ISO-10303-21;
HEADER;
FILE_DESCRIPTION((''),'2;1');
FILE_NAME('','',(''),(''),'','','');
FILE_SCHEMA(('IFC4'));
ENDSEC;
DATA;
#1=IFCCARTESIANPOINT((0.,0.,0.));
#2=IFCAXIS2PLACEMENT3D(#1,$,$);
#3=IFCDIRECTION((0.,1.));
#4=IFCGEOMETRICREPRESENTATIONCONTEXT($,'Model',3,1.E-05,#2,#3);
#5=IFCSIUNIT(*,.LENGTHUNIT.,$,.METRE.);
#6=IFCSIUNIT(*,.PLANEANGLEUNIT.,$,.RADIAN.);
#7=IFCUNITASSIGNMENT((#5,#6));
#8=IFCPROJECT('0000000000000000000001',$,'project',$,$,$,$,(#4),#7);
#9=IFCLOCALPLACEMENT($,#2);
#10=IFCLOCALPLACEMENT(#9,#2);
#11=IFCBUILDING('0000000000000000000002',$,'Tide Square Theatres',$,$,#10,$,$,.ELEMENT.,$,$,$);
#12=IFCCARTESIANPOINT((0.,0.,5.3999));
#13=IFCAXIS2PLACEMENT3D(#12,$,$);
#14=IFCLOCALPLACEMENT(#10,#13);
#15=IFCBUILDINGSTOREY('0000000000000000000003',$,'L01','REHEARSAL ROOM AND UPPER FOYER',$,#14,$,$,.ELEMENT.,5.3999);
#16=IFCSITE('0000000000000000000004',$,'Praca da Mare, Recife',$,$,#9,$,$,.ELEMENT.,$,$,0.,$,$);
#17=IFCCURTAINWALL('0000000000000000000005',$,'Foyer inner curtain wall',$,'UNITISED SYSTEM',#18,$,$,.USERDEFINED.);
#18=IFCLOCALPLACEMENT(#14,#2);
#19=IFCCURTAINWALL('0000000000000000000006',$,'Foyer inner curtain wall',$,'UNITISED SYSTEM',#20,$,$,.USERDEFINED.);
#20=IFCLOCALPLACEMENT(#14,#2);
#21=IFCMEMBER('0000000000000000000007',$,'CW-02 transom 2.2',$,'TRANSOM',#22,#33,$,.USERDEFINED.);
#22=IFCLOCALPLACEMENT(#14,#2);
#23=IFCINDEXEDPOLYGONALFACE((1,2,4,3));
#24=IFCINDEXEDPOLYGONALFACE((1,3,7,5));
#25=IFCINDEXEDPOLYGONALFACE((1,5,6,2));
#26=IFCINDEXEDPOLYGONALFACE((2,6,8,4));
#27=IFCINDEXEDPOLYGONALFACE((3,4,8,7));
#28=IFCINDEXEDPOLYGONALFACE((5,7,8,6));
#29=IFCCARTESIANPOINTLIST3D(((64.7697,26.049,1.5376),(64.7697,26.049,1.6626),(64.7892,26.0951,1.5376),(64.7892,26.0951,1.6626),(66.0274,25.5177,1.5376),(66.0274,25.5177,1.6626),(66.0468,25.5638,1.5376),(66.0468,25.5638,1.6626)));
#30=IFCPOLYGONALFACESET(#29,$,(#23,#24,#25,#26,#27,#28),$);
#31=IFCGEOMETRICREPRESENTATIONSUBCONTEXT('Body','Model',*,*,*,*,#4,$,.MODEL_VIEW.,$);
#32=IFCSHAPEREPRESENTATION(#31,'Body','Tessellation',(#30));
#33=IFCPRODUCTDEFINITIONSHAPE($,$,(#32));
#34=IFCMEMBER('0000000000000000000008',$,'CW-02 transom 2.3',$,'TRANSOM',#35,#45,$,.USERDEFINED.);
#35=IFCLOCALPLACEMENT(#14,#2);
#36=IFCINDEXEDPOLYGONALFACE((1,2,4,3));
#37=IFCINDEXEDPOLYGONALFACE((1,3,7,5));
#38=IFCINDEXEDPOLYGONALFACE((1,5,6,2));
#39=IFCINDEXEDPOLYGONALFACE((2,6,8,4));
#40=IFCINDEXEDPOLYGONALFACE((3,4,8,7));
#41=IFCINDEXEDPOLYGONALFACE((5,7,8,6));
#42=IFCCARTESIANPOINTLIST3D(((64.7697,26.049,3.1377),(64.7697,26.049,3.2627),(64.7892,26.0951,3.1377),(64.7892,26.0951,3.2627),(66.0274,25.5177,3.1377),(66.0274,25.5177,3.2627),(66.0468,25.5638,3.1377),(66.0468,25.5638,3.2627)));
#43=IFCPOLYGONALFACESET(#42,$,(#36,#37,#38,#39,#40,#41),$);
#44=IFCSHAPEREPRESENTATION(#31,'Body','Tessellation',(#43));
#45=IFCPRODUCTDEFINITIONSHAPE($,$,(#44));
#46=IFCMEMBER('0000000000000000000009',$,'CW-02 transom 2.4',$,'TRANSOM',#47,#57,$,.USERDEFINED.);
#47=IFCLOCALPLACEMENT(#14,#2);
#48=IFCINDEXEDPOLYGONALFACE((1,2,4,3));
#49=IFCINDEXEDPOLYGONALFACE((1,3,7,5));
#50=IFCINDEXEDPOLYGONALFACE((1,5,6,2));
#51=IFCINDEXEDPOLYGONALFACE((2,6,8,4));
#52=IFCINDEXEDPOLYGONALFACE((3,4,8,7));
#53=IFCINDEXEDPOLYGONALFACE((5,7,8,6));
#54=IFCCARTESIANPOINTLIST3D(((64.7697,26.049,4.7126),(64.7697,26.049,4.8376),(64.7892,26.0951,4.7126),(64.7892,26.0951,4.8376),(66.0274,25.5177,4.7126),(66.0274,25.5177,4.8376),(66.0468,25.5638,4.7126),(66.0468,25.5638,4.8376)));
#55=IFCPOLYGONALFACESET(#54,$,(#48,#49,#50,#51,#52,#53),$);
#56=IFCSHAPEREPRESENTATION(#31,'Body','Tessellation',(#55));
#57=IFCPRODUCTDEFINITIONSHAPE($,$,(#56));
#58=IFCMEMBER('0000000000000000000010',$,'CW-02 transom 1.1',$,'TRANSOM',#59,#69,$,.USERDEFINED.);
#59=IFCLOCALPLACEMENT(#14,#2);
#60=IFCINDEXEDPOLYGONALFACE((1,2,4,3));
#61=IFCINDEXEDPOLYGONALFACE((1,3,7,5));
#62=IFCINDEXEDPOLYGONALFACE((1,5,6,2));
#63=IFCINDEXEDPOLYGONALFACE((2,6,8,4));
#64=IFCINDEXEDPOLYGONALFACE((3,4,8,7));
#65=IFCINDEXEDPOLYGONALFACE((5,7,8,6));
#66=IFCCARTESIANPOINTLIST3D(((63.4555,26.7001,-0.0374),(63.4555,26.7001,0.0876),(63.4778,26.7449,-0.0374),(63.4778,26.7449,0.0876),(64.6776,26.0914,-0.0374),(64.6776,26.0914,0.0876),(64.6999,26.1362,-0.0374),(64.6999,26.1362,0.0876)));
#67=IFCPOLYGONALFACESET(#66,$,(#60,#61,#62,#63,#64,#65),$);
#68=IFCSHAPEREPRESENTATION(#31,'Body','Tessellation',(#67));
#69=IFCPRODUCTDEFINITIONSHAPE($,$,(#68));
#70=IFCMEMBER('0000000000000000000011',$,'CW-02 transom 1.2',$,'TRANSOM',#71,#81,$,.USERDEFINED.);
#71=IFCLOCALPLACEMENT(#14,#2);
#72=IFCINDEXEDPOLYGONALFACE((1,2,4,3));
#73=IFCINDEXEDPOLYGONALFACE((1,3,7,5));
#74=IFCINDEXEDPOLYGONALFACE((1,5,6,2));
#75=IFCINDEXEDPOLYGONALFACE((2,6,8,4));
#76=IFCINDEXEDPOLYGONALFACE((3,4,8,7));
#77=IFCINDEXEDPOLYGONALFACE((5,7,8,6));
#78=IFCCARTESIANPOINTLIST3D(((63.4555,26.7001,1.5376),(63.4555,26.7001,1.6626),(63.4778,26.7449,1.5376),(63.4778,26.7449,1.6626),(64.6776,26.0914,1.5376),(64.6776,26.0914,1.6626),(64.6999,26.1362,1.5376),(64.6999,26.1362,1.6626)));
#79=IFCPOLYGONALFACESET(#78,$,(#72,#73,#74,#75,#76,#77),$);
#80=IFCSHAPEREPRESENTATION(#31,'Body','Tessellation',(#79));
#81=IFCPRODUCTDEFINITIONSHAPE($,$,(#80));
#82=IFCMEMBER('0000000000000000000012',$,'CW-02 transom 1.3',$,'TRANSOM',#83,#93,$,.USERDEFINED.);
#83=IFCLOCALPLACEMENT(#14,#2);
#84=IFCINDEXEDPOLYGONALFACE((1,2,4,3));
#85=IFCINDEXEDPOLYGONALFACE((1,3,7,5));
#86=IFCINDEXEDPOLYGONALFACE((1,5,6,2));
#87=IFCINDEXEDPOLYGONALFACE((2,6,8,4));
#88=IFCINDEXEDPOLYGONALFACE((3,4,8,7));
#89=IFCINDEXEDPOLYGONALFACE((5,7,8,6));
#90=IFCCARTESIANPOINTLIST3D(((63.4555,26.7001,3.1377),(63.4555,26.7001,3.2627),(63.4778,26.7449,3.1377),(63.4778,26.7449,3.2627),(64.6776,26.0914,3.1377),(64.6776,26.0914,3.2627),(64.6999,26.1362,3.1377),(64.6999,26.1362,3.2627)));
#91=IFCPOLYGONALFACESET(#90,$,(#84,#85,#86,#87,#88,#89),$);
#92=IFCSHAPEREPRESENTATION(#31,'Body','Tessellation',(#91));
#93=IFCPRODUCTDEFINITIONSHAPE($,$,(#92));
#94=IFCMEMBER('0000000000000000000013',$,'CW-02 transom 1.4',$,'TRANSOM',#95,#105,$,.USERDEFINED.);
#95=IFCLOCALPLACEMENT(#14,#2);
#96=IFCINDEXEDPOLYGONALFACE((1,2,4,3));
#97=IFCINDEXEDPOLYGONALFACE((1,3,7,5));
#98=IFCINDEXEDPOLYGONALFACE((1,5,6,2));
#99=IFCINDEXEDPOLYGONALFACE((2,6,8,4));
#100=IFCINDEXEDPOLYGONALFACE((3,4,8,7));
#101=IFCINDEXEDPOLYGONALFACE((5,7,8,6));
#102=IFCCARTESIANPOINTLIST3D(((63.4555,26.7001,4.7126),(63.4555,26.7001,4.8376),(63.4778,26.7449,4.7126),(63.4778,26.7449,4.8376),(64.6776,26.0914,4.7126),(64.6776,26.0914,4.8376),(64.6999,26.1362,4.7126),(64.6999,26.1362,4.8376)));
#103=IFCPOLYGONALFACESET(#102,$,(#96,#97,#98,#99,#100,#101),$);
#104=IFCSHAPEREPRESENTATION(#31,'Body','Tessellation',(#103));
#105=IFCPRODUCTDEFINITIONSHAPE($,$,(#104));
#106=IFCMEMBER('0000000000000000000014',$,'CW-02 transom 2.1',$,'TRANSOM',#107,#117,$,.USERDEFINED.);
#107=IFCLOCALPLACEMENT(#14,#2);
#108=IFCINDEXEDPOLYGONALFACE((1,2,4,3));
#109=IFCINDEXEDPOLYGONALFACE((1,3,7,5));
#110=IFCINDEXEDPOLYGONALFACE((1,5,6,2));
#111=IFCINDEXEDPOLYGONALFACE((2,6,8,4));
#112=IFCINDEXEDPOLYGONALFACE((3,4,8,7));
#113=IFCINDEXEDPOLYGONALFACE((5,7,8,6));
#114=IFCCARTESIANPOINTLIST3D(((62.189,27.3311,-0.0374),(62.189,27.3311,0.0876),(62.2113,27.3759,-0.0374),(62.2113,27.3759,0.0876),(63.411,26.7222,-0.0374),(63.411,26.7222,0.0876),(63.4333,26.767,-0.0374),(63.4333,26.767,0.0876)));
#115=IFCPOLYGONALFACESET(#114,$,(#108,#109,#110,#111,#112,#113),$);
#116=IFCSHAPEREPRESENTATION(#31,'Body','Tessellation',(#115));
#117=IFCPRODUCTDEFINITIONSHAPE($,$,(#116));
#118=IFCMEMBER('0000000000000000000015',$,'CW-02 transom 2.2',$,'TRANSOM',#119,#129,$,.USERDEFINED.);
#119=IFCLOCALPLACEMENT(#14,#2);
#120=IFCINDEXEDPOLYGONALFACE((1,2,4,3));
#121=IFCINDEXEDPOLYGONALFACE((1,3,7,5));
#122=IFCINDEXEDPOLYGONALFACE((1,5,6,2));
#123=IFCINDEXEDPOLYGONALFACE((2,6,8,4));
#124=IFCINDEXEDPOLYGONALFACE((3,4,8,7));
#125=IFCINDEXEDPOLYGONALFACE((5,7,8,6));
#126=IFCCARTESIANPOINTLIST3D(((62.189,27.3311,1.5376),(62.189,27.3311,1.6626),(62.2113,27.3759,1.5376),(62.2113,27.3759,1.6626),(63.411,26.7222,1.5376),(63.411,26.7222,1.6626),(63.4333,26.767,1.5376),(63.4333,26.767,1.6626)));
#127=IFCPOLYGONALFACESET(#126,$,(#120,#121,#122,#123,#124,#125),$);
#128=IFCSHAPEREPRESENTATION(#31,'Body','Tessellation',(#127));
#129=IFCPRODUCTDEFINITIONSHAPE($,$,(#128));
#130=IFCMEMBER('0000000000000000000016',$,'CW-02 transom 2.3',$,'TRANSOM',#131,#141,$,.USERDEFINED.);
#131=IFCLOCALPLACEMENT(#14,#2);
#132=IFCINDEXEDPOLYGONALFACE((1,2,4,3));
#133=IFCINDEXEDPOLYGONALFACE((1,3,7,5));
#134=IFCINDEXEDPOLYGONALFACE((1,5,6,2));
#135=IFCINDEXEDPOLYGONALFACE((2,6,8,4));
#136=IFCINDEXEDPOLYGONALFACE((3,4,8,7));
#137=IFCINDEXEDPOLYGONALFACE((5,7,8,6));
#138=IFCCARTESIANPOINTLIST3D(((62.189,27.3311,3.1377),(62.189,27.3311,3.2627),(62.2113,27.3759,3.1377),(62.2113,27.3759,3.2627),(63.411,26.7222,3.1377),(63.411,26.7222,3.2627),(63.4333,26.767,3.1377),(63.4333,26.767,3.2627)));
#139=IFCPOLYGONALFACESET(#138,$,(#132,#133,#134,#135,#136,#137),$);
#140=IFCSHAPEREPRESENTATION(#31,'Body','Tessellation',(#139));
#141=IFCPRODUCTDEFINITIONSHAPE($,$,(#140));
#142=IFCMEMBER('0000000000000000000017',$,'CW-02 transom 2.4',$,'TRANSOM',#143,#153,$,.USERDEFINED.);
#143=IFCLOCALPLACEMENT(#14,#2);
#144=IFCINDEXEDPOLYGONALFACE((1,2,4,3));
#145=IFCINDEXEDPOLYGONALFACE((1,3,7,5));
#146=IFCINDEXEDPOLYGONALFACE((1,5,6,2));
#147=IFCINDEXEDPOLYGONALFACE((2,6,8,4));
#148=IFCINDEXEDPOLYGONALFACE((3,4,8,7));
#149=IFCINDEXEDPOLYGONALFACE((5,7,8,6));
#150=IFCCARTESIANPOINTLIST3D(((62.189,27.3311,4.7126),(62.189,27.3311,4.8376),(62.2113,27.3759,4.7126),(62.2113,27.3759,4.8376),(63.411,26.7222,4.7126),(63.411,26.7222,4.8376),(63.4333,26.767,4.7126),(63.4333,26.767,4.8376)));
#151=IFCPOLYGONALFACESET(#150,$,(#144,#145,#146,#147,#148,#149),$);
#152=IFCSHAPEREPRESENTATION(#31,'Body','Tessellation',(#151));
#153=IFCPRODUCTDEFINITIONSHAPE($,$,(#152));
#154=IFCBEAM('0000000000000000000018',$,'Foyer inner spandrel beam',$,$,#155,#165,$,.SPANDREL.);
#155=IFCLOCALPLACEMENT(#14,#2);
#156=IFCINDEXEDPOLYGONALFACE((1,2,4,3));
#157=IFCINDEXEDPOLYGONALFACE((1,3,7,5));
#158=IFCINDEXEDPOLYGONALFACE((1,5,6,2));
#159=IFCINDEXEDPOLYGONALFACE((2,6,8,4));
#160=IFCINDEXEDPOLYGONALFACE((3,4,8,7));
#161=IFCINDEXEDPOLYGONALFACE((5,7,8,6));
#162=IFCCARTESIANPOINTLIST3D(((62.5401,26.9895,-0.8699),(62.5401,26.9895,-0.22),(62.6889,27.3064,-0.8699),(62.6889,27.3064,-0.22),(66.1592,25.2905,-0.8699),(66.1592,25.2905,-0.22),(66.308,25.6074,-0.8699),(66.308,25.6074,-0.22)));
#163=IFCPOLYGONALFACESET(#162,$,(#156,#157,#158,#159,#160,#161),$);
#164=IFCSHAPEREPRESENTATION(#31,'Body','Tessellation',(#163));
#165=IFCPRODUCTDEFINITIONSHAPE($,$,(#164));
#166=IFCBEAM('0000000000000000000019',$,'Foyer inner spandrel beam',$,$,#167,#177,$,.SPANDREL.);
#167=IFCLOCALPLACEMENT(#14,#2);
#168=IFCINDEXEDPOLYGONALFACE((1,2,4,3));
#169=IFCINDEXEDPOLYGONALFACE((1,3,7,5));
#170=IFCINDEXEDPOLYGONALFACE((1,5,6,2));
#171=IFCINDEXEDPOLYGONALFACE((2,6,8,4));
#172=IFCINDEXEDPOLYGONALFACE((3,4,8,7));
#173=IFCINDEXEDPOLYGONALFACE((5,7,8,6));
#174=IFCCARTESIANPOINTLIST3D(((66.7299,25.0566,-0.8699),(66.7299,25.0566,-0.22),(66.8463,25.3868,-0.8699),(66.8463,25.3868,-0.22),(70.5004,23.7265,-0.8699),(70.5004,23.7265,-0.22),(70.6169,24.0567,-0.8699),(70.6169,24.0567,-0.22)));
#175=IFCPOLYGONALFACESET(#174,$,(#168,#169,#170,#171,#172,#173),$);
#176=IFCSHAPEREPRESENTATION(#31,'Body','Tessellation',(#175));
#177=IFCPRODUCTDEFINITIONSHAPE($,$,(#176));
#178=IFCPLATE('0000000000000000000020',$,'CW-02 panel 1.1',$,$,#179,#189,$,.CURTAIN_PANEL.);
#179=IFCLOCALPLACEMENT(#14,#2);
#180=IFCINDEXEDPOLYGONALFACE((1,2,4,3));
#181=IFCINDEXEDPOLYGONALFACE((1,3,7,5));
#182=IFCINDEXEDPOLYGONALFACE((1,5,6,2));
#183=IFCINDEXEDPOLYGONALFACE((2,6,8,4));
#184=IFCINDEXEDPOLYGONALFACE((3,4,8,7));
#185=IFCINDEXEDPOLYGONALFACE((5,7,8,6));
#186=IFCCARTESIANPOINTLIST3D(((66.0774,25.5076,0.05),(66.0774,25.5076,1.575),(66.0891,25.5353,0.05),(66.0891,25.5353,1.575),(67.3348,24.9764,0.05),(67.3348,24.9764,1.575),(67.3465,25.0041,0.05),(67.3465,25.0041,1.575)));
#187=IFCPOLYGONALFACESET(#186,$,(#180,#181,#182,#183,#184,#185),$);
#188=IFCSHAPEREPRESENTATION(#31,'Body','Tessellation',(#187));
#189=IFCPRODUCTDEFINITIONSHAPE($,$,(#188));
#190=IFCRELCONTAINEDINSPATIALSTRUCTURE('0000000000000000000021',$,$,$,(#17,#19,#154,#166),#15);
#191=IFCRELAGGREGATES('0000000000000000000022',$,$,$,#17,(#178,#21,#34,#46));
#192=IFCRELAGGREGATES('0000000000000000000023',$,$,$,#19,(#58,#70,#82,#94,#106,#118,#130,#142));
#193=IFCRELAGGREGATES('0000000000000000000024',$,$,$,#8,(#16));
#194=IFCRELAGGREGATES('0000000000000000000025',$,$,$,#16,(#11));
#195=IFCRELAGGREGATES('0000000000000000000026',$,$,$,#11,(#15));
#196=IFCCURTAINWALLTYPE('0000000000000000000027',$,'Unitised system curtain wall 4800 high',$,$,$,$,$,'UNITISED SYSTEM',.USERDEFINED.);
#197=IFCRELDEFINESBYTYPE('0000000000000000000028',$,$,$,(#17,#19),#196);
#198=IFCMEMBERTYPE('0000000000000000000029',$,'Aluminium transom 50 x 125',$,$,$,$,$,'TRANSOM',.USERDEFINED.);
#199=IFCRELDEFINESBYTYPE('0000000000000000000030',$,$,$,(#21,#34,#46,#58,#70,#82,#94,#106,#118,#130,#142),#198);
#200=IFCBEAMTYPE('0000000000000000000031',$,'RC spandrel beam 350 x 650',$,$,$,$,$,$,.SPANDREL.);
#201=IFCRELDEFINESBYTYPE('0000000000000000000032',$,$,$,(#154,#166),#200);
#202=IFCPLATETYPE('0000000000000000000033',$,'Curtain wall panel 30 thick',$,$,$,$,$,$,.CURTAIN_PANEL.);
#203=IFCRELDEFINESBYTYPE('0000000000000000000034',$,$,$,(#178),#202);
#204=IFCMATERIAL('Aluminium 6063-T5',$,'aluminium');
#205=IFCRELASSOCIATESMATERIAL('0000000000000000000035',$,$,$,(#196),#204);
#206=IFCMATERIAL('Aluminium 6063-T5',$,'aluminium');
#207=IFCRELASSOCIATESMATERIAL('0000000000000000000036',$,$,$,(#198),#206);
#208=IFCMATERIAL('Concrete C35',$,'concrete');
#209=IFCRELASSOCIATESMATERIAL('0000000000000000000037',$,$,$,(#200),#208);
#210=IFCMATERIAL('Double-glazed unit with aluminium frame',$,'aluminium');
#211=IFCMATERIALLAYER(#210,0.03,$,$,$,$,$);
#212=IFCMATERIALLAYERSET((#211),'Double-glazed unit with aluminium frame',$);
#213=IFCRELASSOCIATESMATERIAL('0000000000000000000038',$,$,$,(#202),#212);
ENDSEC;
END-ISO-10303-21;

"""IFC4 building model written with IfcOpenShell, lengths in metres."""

from ifc_helpers import new_model, si_unit, direction, frame, origin, origin_2d, place, context, subcontext, project, spatial, rectangle, extrude, material, layer, layer_set, material_profile, profile_set, type_object, element, aggregate, save


model = new_model("IFC4")

# Units and contexts
model_context = context("Model", 3, precision=1e-05, world=origin(), true_north=direction((0.0, 1.0)))
body_context = subcontext(model_context, "Body", "Model", "MODEL_VIEW")
ifc_project = project(units=[si_unit("LENGTHUNIT", "METRE"), si_unit("PLANEANGLEUNIT", "RADIAN")], contexts=[model_context])

# Site, building, storey
site_placement = place(None, origin())
site = spatial("IfcSite", under=ifc_project, at=site_placement, Name="Praca da Mare, Recife", CompositionType="ELEMENT", RefElevation=0.0)
building_placement = place(site_placement, origin())
building = spatial("IfcBuilding", under=site, at=building_placement, Name="Tide Square Theatres", CompositionType="ELEMENT")
storey_placement = place(building_placement, frame((0.0, 0.0, 5.3999)))
storey = spatial("IfcBuildingStorey", under=building, at=storey_placement, Name="L01", Description="REHEARSAL ROOM AND UPPER FOYER", CompositionType="ELEMENT", Elevation=5.3999)

# Shared definitions
ifc_material_1 = material(Name="Aluminium 6063-T5", Category="aluminium")
curtain_wall_type = type_object("IfcCurtainWallType", Name="Unitised system curtain wall 4800 high", ElementType="UNITISED SYSTEM", PredefinedType="USERDEFINED", material=ifc_material_1)

# Curtain walls
curtain_wall_1_placement = place(storey_placement, origin())
curtain_wall_1 = element("IfcCurtainWall", 1, at=curtain_wall_1_placement, inside=storey, type_object=curtain_wall_type, Name="Foyer inner curtain wall", ObjectType="UNITISED SYSTEM", PredefinedType="USERDEFINED")
curtain_wall_2_placement = place(storey_placement, origin())
curtain_wall_2 = element("IfcCurtainWall", 2, at=curtain_wall_2_placement, inside=storey, type_object=curtain_wall_type, Name="Foyer inner curtain wall", ObjectType="UNITISED SYSTEM", PredefinedType="USERDEFINED")

# Members
ifc_material_2 = material(Name="Aluminium 6063-T5", Category="aluminium")
ifc_material_profile_1 = material_profile(ifc_material_2, rectangle(XDim=0.05, YDim=0.125, at=origin_2d()))
ifc_profile_set_1 = profile_set([ifc_material_profile_1], Name="Aluminium 6063-T5")
member_type_1 = type_object("IfcMemberType", Name="Aluminium transom 50 x 125", ElementType="TRANSOM", PredefinedType="USERDEFINED", material=ifc_profile_set_1)
member_1_placement = place(storey_placement, frame((66.0371, 25.5408, 1.6001), z_axis=(-0.921177, 0.389144, 0.0), x_axis=(-0.389144, -0.921177, 0.0)))
member_1 = element("IfcMember", 3, at=member_1_placement, type_object=member_type_1, Name="CW-02 transom 2.2", ObjectType="TRANSOM", PredefinedType="USERDEFINED", context=body_context, shape_type="SweptSolid", body=[
    extrude(rectangle(XDim=0.05, YDim=0.125, at=origin_2d()), origin(), (0.0, 0.0, 1.0), 1.3652),
])
member_2_placement = place(storey_placement, frame((66.0371, 25.5408, 3.2002), z_axis=(-0.921177, 0.389144, 0.0), x_axis=(-0.389144, -0.921177, 0.0)))
member_2 = element("IfcMember", 4, at=member_2_placement, type_object=member_type_1, Name="CW-02 transom 2.3", ObjectType="TRANSOM", PredefinedType="USERDEFINED", context=body_context, shape_type="SweptSolid", body=[
    extrude(rectangle(XDim=0.05, YDim=0.125, at=origin_2d()), origin(), (0.0, 0.0, 1.0), 1.3652),
])
member_3_placement = place(storey_placement, frame((66.0371, 25.5408, 4.7751), z_axis=(-0.921177, 0.389144, 0.0), x_axis=(-0.389144, -0.921177, 0.0)))
member_3 = element("IfcMember", 5, at=member_3_placement, type_object=member_type_1, Name="CW-02 transom 2.4", ObjectType="TRANSOM", PredefinedType="USERDEFINED", context=body_context, shape_type="SweptSolid", body=[
    extrude(rectangle(XDim=0.05, YDim=0.125, at=origin_2d()), origin(), (0.0, 0.0, 1.0), 1.3652),
])
member_4_placement = place(storey_placement, frame((64.6887, 26.1138, 0.0251), z_axis=(-0.895106, 0.445854, 0.0), x_axis=(-0.445854, -0.895106, 0.0)))
member_4 = element("IfcMember", 6, at=member_4_placement, type_object=member_type_1, Name="CW-02 transom 1.1", ObjectType="TRANSOM", PredefinedType="USERDEFINED", context=body_context, shape_type="SweptSolid", body=[
    extrude(rectangle(XDim=0.05, YDim=0.125, at=origin_2d()), origin(), (0.0, 0.0, 1.0), 1.3652),
])
member_5_placement = place(storey_placement, frame((64.6887, 26.1138, 1.6001), z_axis=(-0.895106, 0.445854, 0.0), x_axis=(-0.445854, -0.895106, 0.0)))
member_5 = element("IfcMember", 7, at=member_5_placement, type_object=member_type_1, Name="CW-02 transom 1.2", ObjectType="TRANSOM", PredefinedType="USERDEFINED", context=body_context, shape_type="SweptSolid", body=[
    extrude(rectangle(XDim=0.05, YDim=0.125, at=origin_2d()), origin(), (0.0, 0.0, 1.0), 1.3652),
])
member_6_placement = place(storey_placement, frame((64.6887, 26.1138, 3.2002), z_axis=(-0.895106, 0.445854, 0.0), x_axis=(-0.445854, -0.895106, 0.0)))
member_6 = element("IfcMember", 8, at=member_6_placement, type_object=member_type_1, Name="CW-02 transom 1.3", ObjectType="TRANSOM", PredefinedType="USERDEFINED", context=body_context, shape_type="SweptSolid", body=[
    extrude(rectangle(XDim=0.05, YDim=0.125, at=origin_2d()), origin(), (0.0, 0.0, 1.0), 1.3652),
])
member_7_placement = place(storey_placement, frame((64.6887, 26.1138, 4.7751), z_axis=(-0.895106, 0.445854, 0.0), x_axis=(-0.445854, -0.895106, 0.0)))
member_7 = element("IfcMember", 9, at=member_7_placement, type_object=member_type_1, Name="CW-02 transom 1.4", ObjectType="TRANSOM", PredefinedType="USERDEFINED", context=body_context, shape_type="SweptSolid", body=[
    extrude(rectangle(XDim=0.05, YDim=0.125, at=origin_2d()), origin(), (0.0, 0.0, 1.0), 1.3652),
])
member_8_placement = place(storey_placement, frame((63.4221, 26.7446, 0.0251), z_axis=(-0.895034, 0.445997, 0.0), x_axis=(-0.445997, -0.895034, 0.0)))
member_8 = element("IfcMember", 10, at=member_8_placement, type_object=member_type_1, Name="CW-02 transom 2.1", ObjectType="TRANSOM", PredefinedType="USERDEFINED", context=body_context, shape_type="SweptSolid", body=[
    extrude(rectangle(XDim=0.05, YDim=0.125, at=origin_2d()), origin(), (0.0, 0.0, 1.0), 1.3652),
])
member_9_placement = place(storey_placement, frame((63.4221, 26.7446, 1.6001), z_axis=(-0.895034, 0.445997, 0.0), x_axis=(-0.445997, -0.895034, 0.0)))
member_9 = element("IfcMember", 11, at=member_9_placement, type_object=member_type_1, Name="CW-02 transom 2.2", ObjectType="TRANSOM", PredefinedType="USERDEFINED", context=body_context, shape_type="SweptSolid", body=[
    extrude(rectangle(XDim=0.05, YDim=0.125, at=origin_2d()), origin(), (0.0, 0.0, 1.0), 1.3652),
])
member_10_placement = place(storey_placement, frame((63.4221, 26.7446, 3.2002), z_axis=(-0.895034, 0.445997, 0.0), x_axis=(-0.445997, -0.895034, 0.0)))
member_10 = element("IfcMember", 12, at=member_10_placement, type_object=member_type_1, Name="CW-02 transom 2.3", ObjectType="TRANSOM", PredefinedType="USERDEFINED", context=body_context, shape_type="SweptSolid", body=[
    extrude(rectangle(XDim=0.05, YDim=0.125, at=origin_2d()), origin(), (0.0, 0.0, 1.0), 1.3652),
])
member_11_placement = place(storey_placement, frame((63.4221, 26.7446, 4.7751), z_axis=(-0.895034, 0.445997, 0.0), x_axis=(-0.445997, -0.895034, 0.0)))
member_11 = element("IfcMember", 13, at=member_11_placement, type_object=member_type_1, Name="CW-02 transom 2.4", ObjectType="TRANSOM", PredefinedType="USERDEFINED", context=body_context, shape_type="SweptSolid", body=[
    extrude(rectangle(XDim=0.05, YDim=0.125, at=origin_2d()), origin(), (0.0, 0.0, 1.0), 1.3652),
])

# Beams
ifc_material_3 = material(Name="Concrete C35", Category="concrete")
ifc_material_profile_2 = material_profile(ifc_material_3, rectangle(XDim=0.3501, YDim=0.6499, at=origin_2d()))
ifc_profile_set_2 = profile_set([ifc_material_profile_2], Name="Concrete C35")
beam_type = type_object("IfcBeamType", Name="RC spandrel beam 350 x 650", PredefinedType="SPANDREL", material=ifc_profile_set_2)
beam_1_placement = place(storey_placement, frame((62.6145, 27.1479, -0.5449), z_axis=(0.905218, -0.424947, 0.0), x_axis=(0.424947, 0.905218, 0.0)))
element("IfcBeam", 14, at=beam_1_placement, inside=storey, type_object=beam_type, Name="Foyer inner spandrel beam", PredefinedType="SPANDREL", context=body_context, shape_type="SweptSolid", body=[
    extrude(rectangle(XDim=0.3501, YDim=0.6499, at=origin_2d()), origin(), (0.0, 0.0, 1.0), 3.998),
])
beam_2_placement = place(storey_placement, frame((66.7881, 25.2217, -0.5449), z_axis=(0.943044, -0.332667, 0.0), x_axis=(0.332667, 0.943044, 0.0)))
element("IfcBeam", 15, at=beam_2_placement, inside=storey, type_object=beam_type, Name="Foyer inner spandrel beam", PredefinedType="SPANDREL", context=body_context, shape_type="SweptSolid", body=[
    extrude(rectangle(XDim=0.3501, YDim=0.6499, at=origin_2d()), origin(), (0.0, 0.0, 1.0), 3.9983),
])

# Plate
ifc_material_4 = material(Name="Double-glazed unit with aluminium frame", Category="aluminium")
ifc_layer_1 = layer(ifc_material_4, 0.03)
ifc_layer_set_1 = layer_set([ifc_layer_1], Name="Double-glazed unit with aluminium frame")
plate_type = type_object("IfcPlateType", Name="Curtain wall panel 30 thick", PredefinedType="CURTAIN_PANEL", material=ifc_layer_set_1)
plate_1_placement = place(storey_placement, frame((66.7119, 25.2559, 0.05), z_axis=(0.0, 0.0, 1.0), x_axis=(-0.92118, 0.389137, 0.0)))
plate_1 = element("IfcPlate", 16, at=plate_1_placement, type_object=plate_type, Name="CW-02 panel 1.1", PredefinedType="CURTAIN_PANEL", context=body_context, shape_type="SweptSolid", body=[
    extrude(rectangle(XDim=1.365, YDim=0.03, at=origin_2d()), origin(), (0.0, 0.0, 1.0), 1.5249),
])
aggregate(curtain_wall_1, [plate_1, member_1, member_2, member_3])
aggregate(curtain_wall_2, [member_4, member_5, member_6, member_7, member_8, member_9, member_10, member_11])

save(model, "model.ifc")
